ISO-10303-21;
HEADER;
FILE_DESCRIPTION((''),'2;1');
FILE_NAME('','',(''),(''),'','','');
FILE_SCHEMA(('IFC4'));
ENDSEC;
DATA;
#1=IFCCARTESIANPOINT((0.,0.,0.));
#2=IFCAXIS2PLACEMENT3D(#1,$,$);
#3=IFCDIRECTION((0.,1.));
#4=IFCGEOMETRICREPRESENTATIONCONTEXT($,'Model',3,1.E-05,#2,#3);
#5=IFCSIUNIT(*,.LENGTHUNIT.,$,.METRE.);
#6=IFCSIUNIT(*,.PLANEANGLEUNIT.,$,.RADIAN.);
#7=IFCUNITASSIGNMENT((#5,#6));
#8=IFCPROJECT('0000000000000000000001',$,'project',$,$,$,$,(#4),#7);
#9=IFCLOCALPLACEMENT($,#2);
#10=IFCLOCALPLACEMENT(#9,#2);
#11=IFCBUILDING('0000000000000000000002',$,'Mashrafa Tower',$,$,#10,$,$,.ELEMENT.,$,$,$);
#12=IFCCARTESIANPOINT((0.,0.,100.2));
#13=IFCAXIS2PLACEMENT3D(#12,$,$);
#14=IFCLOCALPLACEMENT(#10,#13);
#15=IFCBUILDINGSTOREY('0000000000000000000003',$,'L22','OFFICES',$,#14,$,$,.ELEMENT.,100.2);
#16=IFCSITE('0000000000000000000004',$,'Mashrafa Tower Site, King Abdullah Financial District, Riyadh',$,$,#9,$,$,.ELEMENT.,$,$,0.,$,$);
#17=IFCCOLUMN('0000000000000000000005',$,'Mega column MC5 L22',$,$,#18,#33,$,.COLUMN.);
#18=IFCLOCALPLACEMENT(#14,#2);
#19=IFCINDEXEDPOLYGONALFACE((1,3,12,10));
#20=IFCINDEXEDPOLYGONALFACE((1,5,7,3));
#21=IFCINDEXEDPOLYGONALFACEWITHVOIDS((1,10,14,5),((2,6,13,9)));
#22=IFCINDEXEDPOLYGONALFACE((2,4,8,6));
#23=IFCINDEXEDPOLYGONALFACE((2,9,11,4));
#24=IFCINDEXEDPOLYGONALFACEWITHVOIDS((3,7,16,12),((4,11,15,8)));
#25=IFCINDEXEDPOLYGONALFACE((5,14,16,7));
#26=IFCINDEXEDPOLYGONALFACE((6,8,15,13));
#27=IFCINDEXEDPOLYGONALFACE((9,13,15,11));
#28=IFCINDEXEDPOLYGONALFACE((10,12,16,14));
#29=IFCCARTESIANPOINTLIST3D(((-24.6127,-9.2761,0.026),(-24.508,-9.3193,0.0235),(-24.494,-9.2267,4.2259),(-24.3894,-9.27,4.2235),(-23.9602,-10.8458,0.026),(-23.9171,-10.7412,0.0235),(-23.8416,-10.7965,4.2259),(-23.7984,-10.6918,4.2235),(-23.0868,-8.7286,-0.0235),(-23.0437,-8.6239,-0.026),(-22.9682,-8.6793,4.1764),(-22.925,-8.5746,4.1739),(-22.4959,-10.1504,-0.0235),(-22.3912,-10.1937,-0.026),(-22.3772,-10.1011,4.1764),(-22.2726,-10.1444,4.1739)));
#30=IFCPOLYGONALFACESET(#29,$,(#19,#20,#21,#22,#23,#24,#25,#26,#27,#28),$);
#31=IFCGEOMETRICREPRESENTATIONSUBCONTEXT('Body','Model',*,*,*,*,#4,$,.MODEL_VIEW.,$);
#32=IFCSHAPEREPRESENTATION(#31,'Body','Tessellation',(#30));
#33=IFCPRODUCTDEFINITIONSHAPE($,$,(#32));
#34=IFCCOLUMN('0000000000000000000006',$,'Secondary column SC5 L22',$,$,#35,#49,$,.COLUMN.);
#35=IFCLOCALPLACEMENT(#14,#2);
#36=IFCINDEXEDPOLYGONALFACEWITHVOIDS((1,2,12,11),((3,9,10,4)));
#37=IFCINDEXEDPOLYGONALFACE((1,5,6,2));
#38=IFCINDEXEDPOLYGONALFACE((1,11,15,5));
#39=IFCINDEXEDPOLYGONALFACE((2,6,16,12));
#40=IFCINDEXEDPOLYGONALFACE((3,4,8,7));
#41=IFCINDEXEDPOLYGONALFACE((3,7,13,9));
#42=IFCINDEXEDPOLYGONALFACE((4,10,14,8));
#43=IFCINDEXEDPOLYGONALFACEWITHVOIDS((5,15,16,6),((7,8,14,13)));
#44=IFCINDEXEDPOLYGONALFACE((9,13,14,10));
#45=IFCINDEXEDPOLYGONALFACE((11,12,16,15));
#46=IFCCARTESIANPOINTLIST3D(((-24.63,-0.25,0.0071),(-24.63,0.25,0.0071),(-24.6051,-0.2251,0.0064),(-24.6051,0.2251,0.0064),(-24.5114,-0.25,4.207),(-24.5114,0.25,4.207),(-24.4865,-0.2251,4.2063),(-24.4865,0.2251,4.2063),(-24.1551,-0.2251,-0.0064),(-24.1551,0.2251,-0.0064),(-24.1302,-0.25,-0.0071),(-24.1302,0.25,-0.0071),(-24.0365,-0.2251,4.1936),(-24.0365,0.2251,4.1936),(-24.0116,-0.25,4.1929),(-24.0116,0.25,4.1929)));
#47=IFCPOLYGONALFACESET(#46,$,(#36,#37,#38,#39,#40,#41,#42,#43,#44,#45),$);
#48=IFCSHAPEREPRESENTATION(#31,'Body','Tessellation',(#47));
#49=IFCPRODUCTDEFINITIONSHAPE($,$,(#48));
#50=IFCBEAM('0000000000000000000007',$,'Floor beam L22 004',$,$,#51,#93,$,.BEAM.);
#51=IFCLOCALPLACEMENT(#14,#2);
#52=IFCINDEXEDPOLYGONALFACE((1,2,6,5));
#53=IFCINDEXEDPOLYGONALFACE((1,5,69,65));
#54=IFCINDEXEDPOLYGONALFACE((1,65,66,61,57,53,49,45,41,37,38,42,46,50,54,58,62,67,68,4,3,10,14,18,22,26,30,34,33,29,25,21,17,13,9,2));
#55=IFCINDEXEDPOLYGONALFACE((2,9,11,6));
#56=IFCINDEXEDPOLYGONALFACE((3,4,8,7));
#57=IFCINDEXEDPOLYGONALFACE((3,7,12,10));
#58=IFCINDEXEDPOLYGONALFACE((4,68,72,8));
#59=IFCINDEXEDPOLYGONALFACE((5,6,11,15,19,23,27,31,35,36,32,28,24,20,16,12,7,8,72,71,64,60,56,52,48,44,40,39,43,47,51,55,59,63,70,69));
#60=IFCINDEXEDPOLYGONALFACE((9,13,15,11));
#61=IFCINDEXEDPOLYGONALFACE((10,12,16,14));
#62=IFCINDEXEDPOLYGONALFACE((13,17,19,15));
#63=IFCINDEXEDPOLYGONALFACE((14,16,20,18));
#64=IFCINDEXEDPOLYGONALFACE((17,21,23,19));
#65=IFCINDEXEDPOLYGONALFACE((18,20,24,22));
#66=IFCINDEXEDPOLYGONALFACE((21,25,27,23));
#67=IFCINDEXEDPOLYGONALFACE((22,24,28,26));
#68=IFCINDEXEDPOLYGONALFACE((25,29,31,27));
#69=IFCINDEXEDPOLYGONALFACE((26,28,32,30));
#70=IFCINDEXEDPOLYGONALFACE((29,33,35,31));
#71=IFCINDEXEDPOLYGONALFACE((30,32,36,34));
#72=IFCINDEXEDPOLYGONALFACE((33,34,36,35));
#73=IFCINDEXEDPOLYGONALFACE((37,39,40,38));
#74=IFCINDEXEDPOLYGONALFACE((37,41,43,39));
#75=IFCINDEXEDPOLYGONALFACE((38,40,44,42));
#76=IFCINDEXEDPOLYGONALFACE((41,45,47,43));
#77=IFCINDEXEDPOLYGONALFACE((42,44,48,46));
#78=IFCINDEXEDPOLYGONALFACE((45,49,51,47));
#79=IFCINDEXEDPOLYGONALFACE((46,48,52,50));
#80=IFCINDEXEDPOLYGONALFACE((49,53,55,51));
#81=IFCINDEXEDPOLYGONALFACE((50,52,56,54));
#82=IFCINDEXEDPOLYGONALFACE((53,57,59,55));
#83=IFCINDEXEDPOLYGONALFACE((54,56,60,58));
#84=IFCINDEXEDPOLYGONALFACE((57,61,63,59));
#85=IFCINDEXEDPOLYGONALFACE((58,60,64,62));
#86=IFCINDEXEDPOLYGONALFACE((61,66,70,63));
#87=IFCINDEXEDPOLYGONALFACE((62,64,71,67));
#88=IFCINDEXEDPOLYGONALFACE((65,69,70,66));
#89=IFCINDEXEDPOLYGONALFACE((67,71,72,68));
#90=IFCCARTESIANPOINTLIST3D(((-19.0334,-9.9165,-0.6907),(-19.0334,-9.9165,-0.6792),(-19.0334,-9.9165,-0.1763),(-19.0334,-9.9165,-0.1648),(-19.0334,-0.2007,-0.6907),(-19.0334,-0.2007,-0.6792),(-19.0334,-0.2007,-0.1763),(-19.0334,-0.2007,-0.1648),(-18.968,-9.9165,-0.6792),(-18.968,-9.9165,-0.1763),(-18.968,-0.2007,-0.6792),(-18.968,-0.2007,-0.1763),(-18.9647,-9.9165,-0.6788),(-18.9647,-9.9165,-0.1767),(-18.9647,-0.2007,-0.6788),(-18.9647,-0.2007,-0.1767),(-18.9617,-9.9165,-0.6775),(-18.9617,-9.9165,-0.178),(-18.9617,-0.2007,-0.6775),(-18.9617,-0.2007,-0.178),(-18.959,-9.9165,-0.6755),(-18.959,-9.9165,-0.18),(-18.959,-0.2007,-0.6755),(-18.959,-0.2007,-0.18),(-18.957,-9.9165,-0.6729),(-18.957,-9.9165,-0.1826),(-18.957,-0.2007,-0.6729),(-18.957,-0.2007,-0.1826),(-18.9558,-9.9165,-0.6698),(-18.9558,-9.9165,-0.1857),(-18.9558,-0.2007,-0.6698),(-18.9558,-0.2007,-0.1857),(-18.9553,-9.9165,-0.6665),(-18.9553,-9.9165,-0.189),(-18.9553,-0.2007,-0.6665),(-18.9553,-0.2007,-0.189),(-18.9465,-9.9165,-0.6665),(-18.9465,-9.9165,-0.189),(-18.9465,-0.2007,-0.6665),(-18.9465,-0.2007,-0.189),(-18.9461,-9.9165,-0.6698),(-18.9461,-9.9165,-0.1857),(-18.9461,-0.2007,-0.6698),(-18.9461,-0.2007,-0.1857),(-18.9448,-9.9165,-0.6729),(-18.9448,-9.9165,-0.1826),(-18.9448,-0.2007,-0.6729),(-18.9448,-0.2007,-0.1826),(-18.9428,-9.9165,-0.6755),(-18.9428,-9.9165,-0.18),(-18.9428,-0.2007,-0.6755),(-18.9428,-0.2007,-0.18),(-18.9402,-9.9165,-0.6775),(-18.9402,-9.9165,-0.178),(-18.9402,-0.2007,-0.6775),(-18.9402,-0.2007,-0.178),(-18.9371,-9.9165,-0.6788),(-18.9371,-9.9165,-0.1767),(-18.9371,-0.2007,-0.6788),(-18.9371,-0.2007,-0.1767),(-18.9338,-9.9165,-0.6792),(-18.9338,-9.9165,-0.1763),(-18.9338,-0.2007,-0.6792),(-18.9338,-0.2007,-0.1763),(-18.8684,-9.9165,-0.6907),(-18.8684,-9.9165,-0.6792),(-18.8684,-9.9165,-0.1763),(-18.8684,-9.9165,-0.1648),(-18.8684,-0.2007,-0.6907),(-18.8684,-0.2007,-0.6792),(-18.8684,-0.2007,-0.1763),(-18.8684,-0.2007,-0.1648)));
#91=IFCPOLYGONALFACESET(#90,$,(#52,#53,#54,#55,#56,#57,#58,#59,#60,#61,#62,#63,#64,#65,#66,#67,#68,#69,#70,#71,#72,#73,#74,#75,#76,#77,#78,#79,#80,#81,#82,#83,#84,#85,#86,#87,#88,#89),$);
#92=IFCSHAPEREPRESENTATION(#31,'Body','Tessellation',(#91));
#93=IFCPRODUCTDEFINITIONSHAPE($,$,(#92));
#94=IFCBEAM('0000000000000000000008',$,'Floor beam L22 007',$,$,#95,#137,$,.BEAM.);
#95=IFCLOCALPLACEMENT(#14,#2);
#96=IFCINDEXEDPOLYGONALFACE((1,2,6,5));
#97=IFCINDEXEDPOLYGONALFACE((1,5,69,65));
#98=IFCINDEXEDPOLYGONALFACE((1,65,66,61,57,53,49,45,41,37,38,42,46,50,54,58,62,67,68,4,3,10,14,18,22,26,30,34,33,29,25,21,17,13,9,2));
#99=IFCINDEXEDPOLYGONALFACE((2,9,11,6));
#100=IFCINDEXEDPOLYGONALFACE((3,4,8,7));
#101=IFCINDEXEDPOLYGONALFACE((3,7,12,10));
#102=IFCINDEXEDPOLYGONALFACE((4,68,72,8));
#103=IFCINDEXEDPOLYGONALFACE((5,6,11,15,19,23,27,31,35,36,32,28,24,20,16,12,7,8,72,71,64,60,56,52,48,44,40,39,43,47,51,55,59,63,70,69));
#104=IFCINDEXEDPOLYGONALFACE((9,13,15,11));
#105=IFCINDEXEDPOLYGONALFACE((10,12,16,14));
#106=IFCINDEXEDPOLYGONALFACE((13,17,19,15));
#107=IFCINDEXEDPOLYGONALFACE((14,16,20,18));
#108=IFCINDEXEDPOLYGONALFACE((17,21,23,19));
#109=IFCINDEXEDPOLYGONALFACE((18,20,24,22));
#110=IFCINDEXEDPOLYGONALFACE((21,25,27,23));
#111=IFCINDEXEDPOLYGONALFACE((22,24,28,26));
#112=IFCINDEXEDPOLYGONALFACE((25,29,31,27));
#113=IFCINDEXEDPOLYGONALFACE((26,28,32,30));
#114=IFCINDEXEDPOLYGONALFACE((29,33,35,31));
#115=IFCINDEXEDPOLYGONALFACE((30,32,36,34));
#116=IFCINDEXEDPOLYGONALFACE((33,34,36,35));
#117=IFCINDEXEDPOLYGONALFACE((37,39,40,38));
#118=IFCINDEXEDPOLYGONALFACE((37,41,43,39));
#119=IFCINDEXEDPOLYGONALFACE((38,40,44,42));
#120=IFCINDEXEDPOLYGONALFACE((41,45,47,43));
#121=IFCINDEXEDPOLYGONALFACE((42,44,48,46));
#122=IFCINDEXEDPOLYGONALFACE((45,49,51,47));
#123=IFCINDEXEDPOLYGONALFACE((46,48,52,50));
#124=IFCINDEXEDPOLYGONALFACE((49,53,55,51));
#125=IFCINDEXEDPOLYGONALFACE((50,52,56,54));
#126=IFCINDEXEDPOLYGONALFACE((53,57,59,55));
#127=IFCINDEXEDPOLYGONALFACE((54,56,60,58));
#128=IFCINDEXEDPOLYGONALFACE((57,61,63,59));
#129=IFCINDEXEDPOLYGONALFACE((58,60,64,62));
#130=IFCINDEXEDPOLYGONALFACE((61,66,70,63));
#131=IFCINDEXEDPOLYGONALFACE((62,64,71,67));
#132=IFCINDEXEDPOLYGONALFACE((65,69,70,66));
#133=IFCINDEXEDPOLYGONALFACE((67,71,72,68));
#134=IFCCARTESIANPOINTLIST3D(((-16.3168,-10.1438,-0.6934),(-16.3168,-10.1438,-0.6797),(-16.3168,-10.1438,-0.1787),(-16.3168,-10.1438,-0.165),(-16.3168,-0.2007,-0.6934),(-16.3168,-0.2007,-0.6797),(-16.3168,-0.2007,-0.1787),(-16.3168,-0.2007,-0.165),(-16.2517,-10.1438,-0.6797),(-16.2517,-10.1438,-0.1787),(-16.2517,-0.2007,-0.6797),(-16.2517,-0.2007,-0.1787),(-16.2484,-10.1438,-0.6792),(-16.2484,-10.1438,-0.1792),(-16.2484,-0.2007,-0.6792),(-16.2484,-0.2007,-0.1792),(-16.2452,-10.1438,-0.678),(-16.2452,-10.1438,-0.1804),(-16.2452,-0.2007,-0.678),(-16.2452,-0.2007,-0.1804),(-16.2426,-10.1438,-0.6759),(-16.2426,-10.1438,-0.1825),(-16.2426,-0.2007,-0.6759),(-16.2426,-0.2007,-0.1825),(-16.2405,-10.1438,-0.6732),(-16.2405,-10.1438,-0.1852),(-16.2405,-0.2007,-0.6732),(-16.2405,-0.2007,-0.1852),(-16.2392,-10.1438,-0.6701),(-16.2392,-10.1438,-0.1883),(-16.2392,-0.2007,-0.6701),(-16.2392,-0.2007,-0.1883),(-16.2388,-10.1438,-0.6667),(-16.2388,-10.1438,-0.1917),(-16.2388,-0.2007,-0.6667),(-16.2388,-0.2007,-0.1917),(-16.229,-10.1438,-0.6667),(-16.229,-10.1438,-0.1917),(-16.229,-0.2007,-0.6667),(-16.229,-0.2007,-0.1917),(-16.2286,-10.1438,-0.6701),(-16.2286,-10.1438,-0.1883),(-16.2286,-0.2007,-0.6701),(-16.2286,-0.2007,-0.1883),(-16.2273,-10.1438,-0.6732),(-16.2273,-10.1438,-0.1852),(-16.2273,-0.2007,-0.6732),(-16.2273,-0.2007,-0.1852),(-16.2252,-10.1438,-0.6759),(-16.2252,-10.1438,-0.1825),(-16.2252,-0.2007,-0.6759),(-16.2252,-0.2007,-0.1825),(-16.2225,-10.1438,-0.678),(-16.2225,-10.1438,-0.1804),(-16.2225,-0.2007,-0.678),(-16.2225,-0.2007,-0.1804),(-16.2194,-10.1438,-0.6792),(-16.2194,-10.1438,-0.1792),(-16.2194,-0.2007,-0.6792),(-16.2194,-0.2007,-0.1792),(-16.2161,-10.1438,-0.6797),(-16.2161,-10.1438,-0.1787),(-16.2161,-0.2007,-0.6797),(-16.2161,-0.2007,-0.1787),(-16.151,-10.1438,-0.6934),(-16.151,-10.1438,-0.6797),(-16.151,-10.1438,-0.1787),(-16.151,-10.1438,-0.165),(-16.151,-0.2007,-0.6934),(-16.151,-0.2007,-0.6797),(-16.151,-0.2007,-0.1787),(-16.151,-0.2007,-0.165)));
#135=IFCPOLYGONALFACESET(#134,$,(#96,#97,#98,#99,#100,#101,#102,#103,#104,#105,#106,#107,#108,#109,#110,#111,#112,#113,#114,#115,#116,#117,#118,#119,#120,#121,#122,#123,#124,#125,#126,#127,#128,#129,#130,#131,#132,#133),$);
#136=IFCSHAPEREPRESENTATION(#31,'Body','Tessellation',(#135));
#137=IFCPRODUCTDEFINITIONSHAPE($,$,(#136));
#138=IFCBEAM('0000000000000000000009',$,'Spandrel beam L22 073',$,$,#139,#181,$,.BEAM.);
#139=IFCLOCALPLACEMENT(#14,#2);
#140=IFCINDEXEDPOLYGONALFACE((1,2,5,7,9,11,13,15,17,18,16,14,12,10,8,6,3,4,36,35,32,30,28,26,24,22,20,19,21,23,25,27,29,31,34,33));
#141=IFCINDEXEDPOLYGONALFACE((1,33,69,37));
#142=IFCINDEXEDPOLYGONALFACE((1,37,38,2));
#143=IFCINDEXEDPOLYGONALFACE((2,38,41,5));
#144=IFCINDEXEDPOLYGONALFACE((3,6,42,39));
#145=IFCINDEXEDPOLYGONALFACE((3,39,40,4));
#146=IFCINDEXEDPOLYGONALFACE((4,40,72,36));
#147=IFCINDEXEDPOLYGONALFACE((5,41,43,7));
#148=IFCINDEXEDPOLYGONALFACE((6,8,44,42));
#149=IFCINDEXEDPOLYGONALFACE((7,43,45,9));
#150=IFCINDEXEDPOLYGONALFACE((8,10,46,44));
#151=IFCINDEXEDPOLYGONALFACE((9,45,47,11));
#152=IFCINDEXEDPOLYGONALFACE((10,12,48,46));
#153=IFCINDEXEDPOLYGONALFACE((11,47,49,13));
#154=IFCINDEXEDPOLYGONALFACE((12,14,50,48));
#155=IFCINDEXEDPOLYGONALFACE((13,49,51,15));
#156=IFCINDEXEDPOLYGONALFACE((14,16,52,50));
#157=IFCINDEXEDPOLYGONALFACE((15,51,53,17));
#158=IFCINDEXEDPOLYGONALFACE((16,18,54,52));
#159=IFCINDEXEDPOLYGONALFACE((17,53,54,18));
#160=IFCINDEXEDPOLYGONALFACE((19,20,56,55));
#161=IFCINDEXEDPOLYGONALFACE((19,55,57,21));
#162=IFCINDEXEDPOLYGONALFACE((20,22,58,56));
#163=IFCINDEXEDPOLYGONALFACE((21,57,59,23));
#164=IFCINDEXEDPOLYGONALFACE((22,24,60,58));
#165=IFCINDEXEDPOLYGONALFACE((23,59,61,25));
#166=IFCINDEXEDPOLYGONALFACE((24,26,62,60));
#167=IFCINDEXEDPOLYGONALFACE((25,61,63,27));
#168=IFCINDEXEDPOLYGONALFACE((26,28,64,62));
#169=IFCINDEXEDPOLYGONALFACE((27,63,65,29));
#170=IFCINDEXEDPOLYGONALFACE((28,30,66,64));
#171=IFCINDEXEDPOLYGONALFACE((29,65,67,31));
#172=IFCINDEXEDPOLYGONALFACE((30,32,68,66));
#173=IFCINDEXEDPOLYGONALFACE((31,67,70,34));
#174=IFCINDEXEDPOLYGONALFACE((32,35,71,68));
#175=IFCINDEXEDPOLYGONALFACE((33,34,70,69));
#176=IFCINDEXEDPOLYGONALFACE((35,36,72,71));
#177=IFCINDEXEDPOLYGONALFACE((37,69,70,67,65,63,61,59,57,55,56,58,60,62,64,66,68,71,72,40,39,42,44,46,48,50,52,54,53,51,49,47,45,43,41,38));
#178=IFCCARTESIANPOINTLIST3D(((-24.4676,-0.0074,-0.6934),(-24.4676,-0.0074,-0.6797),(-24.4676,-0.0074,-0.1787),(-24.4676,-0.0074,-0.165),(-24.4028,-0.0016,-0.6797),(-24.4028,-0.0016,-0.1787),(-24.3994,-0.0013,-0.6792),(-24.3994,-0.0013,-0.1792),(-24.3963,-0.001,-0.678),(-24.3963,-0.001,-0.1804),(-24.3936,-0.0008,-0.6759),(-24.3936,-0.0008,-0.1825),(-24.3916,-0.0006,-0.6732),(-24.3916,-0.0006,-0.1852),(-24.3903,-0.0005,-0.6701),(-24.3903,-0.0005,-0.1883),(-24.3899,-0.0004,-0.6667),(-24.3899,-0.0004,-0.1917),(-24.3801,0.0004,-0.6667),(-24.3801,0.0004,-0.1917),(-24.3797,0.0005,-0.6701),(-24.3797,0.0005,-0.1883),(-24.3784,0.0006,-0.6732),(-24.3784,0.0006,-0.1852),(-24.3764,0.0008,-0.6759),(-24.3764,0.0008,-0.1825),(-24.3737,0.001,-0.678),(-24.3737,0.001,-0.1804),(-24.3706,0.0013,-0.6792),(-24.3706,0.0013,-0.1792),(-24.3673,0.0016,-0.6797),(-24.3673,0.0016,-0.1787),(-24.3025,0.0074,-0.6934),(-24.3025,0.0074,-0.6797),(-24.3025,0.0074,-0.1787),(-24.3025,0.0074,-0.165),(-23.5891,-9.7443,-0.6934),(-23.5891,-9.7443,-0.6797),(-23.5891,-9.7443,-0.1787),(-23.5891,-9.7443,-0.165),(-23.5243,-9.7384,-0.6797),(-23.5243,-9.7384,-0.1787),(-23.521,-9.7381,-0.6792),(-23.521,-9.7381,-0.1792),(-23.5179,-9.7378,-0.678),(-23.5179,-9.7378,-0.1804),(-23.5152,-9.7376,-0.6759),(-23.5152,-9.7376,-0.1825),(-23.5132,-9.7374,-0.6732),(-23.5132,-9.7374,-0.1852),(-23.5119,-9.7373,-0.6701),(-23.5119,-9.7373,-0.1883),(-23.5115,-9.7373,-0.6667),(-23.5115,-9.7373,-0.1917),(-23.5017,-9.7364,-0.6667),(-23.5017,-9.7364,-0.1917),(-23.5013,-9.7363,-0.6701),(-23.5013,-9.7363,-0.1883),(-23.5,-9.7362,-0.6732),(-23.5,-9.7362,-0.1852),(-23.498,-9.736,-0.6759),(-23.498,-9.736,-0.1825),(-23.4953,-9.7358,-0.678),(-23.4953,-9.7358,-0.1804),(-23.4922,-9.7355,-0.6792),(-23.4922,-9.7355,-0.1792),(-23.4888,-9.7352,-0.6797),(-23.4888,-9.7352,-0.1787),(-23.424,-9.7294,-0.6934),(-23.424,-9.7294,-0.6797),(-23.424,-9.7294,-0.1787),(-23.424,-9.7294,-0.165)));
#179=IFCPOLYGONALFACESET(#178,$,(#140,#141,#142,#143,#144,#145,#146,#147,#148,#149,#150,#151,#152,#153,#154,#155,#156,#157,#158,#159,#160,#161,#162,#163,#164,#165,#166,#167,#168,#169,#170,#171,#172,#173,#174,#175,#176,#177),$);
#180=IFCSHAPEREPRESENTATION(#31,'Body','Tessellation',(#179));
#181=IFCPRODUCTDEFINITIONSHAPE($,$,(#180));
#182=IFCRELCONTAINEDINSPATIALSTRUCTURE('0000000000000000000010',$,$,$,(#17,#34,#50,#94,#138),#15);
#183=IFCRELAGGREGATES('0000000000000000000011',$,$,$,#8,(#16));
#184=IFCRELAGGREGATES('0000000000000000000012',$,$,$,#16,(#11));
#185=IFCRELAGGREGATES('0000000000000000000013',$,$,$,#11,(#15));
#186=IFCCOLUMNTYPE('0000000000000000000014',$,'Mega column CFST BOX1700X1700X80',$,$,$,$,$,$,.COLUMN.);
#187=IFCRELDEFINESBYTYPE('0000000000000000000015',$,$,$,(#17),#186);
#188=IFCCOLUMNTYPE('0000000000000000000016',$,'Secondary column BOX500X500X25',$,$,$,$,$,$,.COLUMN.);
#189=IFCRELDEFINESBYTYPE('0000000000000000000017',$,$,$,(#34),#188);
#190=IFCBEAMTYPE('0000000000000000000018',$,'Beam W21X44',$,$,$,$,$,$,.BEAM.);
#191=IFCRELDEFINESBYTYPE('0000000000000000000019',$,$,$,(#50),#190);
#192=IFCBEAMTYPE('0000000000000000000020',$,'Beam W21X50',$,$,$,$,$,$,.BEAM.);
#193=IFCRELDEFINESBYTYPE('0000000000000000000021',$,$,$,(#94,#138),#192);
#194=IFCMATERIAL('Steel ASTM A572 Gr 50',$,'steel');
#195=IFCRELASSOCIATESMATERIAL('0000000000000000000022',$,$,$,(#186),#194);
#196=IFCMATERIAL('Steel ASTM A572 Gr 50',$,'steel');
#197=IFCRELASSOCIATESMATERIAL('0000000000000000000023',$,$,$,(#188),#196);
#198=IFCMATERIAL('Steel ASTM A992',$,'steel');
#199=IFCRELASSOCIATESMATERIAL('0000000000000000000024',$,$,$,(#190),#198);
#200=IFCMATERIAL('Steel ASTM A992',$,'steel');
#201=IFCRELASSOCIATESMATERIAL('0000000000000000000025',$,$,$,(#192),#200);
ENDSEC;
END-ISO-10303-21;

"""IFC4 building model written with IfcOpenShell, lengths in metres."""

from ifc_helpers import new_model, si_unit, direction, frame, origin, origin_2d, place, context, subcontext, project, spatial, hollow_rectangle, i_section, extrude, material, material_profile, profile_set, type_object, element, save


model = new_model("IFC4")

# Units and contexts
model_context = context("Model", 3, precision=1e-05, world=origin(), true_north=direction((0.0, 1.0)))
body_context = subcontext(model_context, "Body", "Model", "MODEL_VIEW")
ifc_project = project(units=[si_unit("LENGTHUNIT", "METRE"), si_unit("PLANEANGLEUNIT", "RADIAN")], contexts=[model_context])

# Site, building, storey
site_placement = place(None, origin())
site = spatial("IfcSite", under=ifc_project, at=site_placement, Name="Mashrafa Tower Site, King Abdullah Financial District, Riyadh", CompositionType="ELEMENT", RefElevation=0.0)
building_placement = place(site_placement, origin())
building = spatial("IfcBuilding", under=site, at=building_placement, Name="Mashrafa Tower", CompositionType="ELEMENT")
storey_placement = place(building_placement, frame((0.0, 0.0, 100.2)))
storey = spatial("IfcBuildingStorey", under=building, at=storey_placement, Name="L22", Description="OFFICES", CompositionType="ELEMENT", Elevation=100.2)

# Columns
ifc_material_1 = material(Name="Steel ASTM A572 Gr 50", Category="steel")
ifc_material_profile_1 = material_profile(ifc_material_1, hollow_rectangle(XDim=1.7, YDim=1.7, WallThickness=0.0801, at=origin_2d()), Name="BOX1700X1700X80")
ifc_profile_set_1 = profile_set([ifc_material_profile_1], Name="Steel ASTM A572 Gr 50")
column_type_1 = type_object("IfcColumnType", Name="Mega column CFST BOX1700X1700X80", PredefinedType="COLUMN", material=ifc_profile_set_1)
column_1_placement = place(storey_placement, frame((-23.502, -9.7349, 0.0), z_axis=(0.028238, 0.011737, 0.999532), x_axis=(-0.383806, 0.923414, 0.0)))
element("IfcColumn", 1, at=column_1_placement, inside=storey, type_object=column_type_1, Name="Mega column MC5 L22", PredefinedType="COLUMN", context=body_context, shape_type="SweptSolid", body=[
    extrude(hollow_rectangle(XDim=1.7, YDim=1.7, WallThickness=0.0801, at=origin_2d()), origin(), (0.0, 0.0, 1.0), 4.2019),
])
ifc_material_2 = material(Name="Steel ASTM A572 Gr 50", Category="steel")
ifc_material_profile_2 = material_profile(ifc_material_2, hollow_rectangle(XDim=0.5, YDim=0.5, WallThickness=0.0249, at=origin_2d()), Name="BOX500X500X25")
ifc_profile_set_2 = profile_set([ifc_material_profile_2], Name="Steel ASTM A572 Gr 50")
column_type_2 = type_object("IfcColumnType", Name="Secondary column BOX500X500X25", PredefinedType="COLUMN", material=ifc_profile_set_2)
column_2_placement = place(storey_placement, frame((-24.3801, 0.0, 0.0), z_axis=(0.02824, 0.0, 0.999601), x_axis=(0.0, 1.0, 0.0)))
element("IfcColumn", 2, at=column_2_placement, inside=storey, type_object=column_type_2, Name="Secondary column SC5 L22", PredefinedType="COLUMN", context=body_context, shape_type="SweptSolid", body=[
    extrude(hollow_rectangle(XDim=0.5, YDim=0.5, WallThickness=0.0249, at=origin_2d()), origin(), (0.0, 0.0, 1.0), 4.2017),
])

# Beams
ifc_material_3 = material(Name="Steel ASTM A992", Category="steel")
ifc_material_profile_3 = material_profile(ifc_material_3, i_section(OverallWidth=0.165, OverallDepth=0.5259, WebThickness=0.0088, FlangeThickness=0.0115, FilletRadius=0.0127, at=origin_2d()), Name="W21X44")
ifc_profile_set_3 = profile_set([ifc_material_profile_3], Name="Steel ASTM A992")
beam_type_1 = type_object("IfcBeamType", Name="Beam W21X44", PredefinedType="BEAM", material=ifc_profile_set_3)
beam_1_placement = place(storey_placement, frame((-18.9509, -9.9165, -0.4277), z_axis=(0.0, 1.0, 0.0), x_axis=(-1.0, 0.0, 0.0)))
element("IfcBeam", 3, at=beam_1_placement, inside=storey, type_object=beam_type_1, Name="Floor beam L22 004", PredefinedType="BEAM", context=body_context, shape_type="SweptSolid", body=[
    extrude(i_section(OverallWidth=0.165, OverallDepth=0.5259, WebThickness=0.0088, FlangeThickness=0.0115, FilletRadius=0.0127, at=origin_2d()), origin(), (0.0, 0.0, 1.0), 9.7158),
])
ifc_material_4 = material(Name="Steel ASTM A992", Category="steel")
ifc_material_profile_4 = material_profile(ifc_material_4, i_section(OverallWidth=0.1658, OverallDepth=0.5283, WebThickness=0.0098, FlangeThickness=0.0137, FilletRadius=0.0129, at=origin_2d()), Name="W21X50")
ifc_profile_set_4 = profile_set([ifc_material_profile_4], Name="Steel ASTM A992")
beam_type_2 = type_object("IfcBeamType", Name="Beam W21X50", PredefinedType="BEAM", material=ifc_profile_set_4)
beam_2_placement = place(storey_placement, frame((-16.2339, -10.1438, -0.4292), z_axis=(0.0, 1.0, 0.0), x_axis=(-1.0, 0.0, 0.0)))
element("IfcBeam", 4, at=beam_2_placement, inside=storey, type_object=beam_type_2, Name="Floor beam L22 007", PredefinedType="BEAM", context=body_context, shape_type="SweptSolid", body=[
    extrude(i_section(OverallWidth=0.1658, OverallDepth=0.5283, WebThickness=0.0098, FlangeThickness=0.0137, FilletRadius=0.0129, at=origin_2d()), origin(), (0.0, 0.0, 1.0), 9.9431),
])
beam_3_placement = place(storey_placement, frame((-24.385, 0.0, -0.4292), z_axis=(0.089851, -0.995955, 0.0), x_axis=(0.995955, 0.089851, 0.0)))
element("IfcBeam", 5, at=beam_3_placement, inside=storey, type_object=beam_type_2, Name="Spandrel beam L22 073", PredefinedType="BEAM", context=body_context, shape_type="SweptSolid", body=[
    extrude(i_section(OverallWidth=0.1658, OverallDepth=0.5283, WebThickness=0.0098, FlangeThickness=0.0137, FilletRadius=0.0129, at=origin_2d()), origin(), (0.0, 0.0, 1.0), 9.7764),
])

save(model, "model.ifc")
